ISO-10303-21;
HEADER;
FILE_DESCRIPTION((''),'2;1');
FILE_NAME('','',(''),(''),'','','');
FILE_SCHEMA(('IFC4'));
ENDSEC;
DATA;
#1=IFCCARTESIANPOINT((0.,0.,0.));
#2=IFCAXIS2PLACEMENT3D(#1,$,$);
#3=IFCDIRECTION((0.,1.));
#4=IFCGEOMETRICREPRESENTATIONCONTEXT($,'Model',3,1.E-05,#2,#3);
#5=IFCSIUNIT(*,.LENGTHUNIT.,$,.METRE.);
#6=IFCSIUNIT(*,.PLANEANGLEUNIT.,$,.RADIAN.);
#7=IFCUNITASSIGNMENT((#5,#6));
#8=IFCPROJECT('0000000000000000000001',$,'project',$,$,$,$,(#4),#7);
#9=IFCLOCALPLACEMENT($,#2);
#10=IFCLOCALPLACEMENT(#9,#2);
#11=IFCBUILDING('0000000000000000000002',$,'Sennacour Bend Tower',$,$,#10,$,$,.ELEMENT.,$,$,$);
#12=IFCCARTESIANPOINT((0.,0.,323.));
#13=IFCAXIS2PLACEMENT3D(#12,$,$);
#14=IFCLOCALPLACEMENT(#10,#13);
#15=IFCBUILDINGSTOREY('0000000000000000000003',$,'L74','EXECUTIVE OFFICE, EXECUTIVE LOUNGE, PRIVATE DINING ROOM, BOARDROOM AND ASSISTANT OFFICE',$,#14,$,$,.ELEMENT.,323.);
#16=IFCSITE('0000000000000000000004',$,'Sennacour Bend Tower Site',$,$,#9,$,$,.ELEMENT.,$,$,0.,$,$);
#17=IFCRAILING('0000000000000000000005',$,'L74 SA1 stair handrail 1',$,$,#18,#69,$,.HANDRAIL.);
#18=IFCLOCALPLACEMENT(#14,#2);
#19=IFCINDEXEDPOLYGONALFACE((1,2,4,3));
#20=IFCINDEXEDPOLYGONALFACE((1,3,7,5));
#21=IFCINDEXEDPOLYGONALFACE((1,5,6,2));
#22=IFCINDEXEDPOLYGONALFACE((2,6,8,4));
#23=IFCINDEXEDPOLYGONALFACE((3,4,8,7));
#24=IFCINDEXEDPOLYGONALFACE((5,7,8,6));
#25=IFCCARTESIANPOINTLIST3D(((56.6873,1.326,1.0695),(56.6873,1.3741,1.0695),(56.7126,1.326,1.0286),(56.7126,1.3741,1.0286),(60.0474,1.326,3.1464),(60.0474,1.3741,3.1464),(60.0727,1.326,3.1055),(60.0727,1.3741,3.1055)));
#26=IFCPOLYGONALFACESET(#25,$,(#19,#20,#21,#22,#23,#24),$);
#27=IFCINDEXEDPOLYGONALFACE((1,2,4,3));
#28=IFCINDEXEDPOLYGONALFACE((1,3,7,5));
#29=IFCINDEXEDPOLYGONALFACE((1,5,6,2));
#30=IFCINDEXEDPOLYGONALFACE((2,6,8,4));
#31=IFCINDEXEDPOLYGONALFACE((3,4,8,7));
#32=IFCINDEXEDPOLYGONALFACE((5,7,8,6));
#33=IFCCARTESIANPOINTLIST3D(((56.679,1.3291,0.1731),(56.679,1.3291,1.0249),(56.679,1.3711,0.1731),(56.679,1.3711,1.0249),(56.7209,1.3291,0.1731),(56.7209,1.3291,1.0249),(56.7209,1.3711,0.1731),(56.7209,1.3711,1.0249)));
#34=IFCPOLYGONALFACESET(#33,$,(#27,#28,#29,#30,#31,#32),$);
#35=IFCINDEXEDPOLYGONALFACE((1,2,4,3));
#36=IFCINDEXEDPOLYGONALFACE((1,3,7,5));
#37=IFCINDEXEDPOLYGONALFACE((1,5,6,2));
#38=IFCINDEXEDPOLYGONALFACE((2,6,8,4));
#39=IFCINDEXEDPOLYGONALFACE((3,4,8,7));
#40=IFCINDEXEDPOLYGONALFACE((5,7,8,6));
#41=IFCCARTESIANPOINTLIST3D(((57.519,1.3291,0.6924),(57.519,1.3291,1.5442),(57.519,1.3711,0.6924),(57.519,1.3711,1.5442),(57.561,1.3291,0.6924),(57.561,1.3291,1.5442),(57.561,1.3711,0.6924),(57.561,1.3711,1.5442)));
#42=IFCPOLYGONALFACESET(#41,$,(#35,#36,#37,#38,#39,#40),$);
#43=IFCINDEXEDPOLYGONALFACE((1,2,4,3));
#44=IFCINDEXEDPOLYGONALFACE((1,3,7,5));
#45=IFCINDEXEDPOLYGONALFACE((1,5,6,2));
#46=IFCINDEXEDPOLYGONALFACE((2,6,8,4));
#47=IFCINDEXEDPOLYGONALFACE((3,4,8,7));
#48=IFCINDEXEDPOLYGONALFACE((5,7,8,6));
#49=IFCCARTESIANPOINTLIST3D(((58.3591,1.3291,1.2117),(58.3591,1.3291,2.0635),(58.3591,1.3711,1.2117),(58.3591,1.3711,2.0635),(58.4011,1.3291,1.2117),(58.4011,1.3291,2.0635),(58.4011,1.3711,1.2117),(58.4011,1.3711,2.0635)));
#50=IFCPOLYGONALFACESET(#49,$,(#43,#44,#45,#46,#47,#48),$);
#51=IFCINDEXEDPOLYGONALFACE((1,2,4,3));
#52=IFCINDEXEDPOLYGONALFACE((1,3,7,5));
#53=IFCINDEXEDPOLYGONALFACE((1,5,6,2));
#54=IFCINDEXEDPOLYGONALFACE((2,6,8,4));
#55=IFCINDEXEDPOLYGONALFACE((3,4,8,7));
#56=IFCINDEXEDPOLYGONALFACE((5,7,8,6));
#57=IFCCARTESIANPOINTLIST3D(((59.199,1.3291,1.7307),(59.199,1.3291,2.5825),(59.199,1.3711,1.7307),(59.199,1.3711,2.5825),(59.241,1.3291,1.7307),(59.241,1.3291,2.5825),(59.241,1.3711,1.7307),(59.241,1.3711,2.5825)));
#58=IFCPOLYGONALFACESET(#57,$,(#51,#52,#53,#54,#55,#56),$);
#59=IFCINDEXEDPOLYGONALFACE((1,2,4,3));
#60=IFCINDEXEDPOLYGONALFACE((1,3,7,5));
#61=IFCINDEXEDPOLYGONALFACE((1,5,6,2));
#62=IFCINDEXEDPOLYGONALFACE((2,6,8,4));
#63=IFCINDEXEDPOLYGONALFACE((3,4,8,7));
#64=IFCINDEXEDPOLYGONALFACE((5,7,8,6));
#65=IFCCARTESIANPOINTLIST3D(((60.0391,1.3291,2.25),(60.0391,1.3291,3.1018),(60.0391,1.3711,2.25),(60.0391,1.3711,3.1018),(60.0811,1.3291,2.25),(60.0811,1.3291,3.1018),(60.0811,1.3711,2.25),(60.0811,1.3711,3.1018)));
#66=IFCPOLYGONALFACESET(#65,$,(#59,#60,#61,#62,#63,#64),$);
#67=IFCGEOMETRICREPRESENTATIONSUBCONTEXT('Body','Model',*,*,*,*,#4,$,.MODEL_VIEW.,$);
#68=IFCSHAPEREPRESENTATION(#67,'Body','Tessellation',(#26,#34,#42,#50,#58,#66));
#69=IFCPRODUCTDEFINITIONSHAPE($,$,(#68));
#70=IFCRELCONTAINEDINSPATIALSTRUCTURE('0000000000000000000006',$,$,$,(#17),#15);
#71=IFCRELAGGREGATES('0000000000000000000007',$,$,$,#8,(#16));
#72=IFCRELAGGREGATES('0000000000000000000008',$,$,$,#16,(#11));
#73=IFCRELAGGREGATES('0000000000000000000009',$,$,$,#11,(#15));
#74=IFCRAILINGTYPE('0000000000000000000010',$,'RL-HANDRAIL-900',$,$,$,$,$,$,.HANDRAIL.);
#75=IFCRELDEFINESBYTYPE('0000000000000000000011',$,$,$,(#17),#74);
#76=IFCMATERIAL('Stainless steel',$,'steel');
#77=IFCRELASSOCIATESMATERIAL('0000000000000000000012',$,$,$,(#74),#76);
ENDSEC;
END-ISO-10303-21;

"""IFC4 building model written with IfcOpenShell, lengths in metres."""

from ifc_helpers import new_model, si_unit, direction, frame, origin, origin_2d, place, context, subcontext, project, spatial, rectangle, extrude, material, type_object, element, save


model = new_model("IFC4")

# Units and contexts
model_context = context("Model", 3, precision=1e-05, world=origin(), true_north=direction((0.0, 1.0)))
body_context = subcontext(model_context, "Body", "Model", "MODEL_VIEW")
ifc_project = project(units=[si_unit("LENGTHUNIT", "METRE"), si_unit("PLANEANGLEUNIT", "RADIAN")], contexts=[model_context])

# Site, building, storey
site_placement = place(None, origin())
site = spatial("IfcSite", under=ifc_project, at=site_placement, Name="Sennacour Bend Tower Site", CompositionType="ELEMENT", RefElevation=0.0)
building_placement = place(site_placement, origin())
building = spatial("IfcBuilding", under=site, at=building_placement, Name="Sennacour Bend Tower", CompositionType="ELEMENT")
storey_placement = place(building_placement, frame((0.0, 0.0, 323.0)))
storey = spatial("IfcBuildingStorey", under=building, at=storey_placement, Name="L74", Description="EXECUTIVE OFFICE, EXECUTIVE LOUNGE, PRIVATE DINING ROOM, BOARDROOM AND ASSISTANT OFFICE", CompositionType="ELEMENT", Elevation=323.0)

# Shared definitions
ifc_material_1 = material(Name="Stainless steel", Category="steel")

# Railing
railing_type_1 = type_object("IfcRailingType", Name="RL-HANDRAIL-900", PredefinedType="HANDRAIL", material=ifc_material_1)
railing_1_placement = place(storey_placement, frame((56.7, 1.3501, 0.1731)))
element("IfcRailing", 1, at=railing_1_placement, inside=storey, type_object=railing_type_1, Name="L74 SA1 stair handrail 1", PredefinedType="HANDRAIL", context=body_context, shape_type="SweptSolid", body=[
    extrude(rectangle(XDim=0.0481, YDim=0.0481, at=origin_2d()), frame((0.0, 0.0, 0.876), z_axis=(0.850623, 0.0, 0.525776), x_axis=(0.0, 1.0, 0.0)), (0.0, 0.0, 1.0), 3.9502),
    extrude(rectangle(XDim=0.042, YDim=0.042, at=origin_2d()), origin(), (0.0, 0.0, 1.0), 0.8518),
    extrude(rectangle(XDim=0.042, YDim=0.042, at=origin_2d()), frame((0.8401, 0.0, 0.5193)), (0.0, 0.0, 1.0), 0.8518),
    extrude(rectangle(XDim=0.042, YDim=0.042, at=origin_2d()), frame((1.6802, 0.0, 1.0386)), (0.0, 0.0, 1.0), 0.8518),
    extrude(rectangle(XDim=0.042, YDim=0.042, at=origin_2d()), frame((2.52, 0.0, 1.5576)), (0.0, 0.0, 1.0), 0.8518),
    extrude(rectangle(XDim=0.042, YDim=0.042, at=origin_2d()), frame((3.3601, 0.0, 2.0769)), (0.0, 0.0, 1.0), 0.8518),
])

save(model, "model.ifc")
